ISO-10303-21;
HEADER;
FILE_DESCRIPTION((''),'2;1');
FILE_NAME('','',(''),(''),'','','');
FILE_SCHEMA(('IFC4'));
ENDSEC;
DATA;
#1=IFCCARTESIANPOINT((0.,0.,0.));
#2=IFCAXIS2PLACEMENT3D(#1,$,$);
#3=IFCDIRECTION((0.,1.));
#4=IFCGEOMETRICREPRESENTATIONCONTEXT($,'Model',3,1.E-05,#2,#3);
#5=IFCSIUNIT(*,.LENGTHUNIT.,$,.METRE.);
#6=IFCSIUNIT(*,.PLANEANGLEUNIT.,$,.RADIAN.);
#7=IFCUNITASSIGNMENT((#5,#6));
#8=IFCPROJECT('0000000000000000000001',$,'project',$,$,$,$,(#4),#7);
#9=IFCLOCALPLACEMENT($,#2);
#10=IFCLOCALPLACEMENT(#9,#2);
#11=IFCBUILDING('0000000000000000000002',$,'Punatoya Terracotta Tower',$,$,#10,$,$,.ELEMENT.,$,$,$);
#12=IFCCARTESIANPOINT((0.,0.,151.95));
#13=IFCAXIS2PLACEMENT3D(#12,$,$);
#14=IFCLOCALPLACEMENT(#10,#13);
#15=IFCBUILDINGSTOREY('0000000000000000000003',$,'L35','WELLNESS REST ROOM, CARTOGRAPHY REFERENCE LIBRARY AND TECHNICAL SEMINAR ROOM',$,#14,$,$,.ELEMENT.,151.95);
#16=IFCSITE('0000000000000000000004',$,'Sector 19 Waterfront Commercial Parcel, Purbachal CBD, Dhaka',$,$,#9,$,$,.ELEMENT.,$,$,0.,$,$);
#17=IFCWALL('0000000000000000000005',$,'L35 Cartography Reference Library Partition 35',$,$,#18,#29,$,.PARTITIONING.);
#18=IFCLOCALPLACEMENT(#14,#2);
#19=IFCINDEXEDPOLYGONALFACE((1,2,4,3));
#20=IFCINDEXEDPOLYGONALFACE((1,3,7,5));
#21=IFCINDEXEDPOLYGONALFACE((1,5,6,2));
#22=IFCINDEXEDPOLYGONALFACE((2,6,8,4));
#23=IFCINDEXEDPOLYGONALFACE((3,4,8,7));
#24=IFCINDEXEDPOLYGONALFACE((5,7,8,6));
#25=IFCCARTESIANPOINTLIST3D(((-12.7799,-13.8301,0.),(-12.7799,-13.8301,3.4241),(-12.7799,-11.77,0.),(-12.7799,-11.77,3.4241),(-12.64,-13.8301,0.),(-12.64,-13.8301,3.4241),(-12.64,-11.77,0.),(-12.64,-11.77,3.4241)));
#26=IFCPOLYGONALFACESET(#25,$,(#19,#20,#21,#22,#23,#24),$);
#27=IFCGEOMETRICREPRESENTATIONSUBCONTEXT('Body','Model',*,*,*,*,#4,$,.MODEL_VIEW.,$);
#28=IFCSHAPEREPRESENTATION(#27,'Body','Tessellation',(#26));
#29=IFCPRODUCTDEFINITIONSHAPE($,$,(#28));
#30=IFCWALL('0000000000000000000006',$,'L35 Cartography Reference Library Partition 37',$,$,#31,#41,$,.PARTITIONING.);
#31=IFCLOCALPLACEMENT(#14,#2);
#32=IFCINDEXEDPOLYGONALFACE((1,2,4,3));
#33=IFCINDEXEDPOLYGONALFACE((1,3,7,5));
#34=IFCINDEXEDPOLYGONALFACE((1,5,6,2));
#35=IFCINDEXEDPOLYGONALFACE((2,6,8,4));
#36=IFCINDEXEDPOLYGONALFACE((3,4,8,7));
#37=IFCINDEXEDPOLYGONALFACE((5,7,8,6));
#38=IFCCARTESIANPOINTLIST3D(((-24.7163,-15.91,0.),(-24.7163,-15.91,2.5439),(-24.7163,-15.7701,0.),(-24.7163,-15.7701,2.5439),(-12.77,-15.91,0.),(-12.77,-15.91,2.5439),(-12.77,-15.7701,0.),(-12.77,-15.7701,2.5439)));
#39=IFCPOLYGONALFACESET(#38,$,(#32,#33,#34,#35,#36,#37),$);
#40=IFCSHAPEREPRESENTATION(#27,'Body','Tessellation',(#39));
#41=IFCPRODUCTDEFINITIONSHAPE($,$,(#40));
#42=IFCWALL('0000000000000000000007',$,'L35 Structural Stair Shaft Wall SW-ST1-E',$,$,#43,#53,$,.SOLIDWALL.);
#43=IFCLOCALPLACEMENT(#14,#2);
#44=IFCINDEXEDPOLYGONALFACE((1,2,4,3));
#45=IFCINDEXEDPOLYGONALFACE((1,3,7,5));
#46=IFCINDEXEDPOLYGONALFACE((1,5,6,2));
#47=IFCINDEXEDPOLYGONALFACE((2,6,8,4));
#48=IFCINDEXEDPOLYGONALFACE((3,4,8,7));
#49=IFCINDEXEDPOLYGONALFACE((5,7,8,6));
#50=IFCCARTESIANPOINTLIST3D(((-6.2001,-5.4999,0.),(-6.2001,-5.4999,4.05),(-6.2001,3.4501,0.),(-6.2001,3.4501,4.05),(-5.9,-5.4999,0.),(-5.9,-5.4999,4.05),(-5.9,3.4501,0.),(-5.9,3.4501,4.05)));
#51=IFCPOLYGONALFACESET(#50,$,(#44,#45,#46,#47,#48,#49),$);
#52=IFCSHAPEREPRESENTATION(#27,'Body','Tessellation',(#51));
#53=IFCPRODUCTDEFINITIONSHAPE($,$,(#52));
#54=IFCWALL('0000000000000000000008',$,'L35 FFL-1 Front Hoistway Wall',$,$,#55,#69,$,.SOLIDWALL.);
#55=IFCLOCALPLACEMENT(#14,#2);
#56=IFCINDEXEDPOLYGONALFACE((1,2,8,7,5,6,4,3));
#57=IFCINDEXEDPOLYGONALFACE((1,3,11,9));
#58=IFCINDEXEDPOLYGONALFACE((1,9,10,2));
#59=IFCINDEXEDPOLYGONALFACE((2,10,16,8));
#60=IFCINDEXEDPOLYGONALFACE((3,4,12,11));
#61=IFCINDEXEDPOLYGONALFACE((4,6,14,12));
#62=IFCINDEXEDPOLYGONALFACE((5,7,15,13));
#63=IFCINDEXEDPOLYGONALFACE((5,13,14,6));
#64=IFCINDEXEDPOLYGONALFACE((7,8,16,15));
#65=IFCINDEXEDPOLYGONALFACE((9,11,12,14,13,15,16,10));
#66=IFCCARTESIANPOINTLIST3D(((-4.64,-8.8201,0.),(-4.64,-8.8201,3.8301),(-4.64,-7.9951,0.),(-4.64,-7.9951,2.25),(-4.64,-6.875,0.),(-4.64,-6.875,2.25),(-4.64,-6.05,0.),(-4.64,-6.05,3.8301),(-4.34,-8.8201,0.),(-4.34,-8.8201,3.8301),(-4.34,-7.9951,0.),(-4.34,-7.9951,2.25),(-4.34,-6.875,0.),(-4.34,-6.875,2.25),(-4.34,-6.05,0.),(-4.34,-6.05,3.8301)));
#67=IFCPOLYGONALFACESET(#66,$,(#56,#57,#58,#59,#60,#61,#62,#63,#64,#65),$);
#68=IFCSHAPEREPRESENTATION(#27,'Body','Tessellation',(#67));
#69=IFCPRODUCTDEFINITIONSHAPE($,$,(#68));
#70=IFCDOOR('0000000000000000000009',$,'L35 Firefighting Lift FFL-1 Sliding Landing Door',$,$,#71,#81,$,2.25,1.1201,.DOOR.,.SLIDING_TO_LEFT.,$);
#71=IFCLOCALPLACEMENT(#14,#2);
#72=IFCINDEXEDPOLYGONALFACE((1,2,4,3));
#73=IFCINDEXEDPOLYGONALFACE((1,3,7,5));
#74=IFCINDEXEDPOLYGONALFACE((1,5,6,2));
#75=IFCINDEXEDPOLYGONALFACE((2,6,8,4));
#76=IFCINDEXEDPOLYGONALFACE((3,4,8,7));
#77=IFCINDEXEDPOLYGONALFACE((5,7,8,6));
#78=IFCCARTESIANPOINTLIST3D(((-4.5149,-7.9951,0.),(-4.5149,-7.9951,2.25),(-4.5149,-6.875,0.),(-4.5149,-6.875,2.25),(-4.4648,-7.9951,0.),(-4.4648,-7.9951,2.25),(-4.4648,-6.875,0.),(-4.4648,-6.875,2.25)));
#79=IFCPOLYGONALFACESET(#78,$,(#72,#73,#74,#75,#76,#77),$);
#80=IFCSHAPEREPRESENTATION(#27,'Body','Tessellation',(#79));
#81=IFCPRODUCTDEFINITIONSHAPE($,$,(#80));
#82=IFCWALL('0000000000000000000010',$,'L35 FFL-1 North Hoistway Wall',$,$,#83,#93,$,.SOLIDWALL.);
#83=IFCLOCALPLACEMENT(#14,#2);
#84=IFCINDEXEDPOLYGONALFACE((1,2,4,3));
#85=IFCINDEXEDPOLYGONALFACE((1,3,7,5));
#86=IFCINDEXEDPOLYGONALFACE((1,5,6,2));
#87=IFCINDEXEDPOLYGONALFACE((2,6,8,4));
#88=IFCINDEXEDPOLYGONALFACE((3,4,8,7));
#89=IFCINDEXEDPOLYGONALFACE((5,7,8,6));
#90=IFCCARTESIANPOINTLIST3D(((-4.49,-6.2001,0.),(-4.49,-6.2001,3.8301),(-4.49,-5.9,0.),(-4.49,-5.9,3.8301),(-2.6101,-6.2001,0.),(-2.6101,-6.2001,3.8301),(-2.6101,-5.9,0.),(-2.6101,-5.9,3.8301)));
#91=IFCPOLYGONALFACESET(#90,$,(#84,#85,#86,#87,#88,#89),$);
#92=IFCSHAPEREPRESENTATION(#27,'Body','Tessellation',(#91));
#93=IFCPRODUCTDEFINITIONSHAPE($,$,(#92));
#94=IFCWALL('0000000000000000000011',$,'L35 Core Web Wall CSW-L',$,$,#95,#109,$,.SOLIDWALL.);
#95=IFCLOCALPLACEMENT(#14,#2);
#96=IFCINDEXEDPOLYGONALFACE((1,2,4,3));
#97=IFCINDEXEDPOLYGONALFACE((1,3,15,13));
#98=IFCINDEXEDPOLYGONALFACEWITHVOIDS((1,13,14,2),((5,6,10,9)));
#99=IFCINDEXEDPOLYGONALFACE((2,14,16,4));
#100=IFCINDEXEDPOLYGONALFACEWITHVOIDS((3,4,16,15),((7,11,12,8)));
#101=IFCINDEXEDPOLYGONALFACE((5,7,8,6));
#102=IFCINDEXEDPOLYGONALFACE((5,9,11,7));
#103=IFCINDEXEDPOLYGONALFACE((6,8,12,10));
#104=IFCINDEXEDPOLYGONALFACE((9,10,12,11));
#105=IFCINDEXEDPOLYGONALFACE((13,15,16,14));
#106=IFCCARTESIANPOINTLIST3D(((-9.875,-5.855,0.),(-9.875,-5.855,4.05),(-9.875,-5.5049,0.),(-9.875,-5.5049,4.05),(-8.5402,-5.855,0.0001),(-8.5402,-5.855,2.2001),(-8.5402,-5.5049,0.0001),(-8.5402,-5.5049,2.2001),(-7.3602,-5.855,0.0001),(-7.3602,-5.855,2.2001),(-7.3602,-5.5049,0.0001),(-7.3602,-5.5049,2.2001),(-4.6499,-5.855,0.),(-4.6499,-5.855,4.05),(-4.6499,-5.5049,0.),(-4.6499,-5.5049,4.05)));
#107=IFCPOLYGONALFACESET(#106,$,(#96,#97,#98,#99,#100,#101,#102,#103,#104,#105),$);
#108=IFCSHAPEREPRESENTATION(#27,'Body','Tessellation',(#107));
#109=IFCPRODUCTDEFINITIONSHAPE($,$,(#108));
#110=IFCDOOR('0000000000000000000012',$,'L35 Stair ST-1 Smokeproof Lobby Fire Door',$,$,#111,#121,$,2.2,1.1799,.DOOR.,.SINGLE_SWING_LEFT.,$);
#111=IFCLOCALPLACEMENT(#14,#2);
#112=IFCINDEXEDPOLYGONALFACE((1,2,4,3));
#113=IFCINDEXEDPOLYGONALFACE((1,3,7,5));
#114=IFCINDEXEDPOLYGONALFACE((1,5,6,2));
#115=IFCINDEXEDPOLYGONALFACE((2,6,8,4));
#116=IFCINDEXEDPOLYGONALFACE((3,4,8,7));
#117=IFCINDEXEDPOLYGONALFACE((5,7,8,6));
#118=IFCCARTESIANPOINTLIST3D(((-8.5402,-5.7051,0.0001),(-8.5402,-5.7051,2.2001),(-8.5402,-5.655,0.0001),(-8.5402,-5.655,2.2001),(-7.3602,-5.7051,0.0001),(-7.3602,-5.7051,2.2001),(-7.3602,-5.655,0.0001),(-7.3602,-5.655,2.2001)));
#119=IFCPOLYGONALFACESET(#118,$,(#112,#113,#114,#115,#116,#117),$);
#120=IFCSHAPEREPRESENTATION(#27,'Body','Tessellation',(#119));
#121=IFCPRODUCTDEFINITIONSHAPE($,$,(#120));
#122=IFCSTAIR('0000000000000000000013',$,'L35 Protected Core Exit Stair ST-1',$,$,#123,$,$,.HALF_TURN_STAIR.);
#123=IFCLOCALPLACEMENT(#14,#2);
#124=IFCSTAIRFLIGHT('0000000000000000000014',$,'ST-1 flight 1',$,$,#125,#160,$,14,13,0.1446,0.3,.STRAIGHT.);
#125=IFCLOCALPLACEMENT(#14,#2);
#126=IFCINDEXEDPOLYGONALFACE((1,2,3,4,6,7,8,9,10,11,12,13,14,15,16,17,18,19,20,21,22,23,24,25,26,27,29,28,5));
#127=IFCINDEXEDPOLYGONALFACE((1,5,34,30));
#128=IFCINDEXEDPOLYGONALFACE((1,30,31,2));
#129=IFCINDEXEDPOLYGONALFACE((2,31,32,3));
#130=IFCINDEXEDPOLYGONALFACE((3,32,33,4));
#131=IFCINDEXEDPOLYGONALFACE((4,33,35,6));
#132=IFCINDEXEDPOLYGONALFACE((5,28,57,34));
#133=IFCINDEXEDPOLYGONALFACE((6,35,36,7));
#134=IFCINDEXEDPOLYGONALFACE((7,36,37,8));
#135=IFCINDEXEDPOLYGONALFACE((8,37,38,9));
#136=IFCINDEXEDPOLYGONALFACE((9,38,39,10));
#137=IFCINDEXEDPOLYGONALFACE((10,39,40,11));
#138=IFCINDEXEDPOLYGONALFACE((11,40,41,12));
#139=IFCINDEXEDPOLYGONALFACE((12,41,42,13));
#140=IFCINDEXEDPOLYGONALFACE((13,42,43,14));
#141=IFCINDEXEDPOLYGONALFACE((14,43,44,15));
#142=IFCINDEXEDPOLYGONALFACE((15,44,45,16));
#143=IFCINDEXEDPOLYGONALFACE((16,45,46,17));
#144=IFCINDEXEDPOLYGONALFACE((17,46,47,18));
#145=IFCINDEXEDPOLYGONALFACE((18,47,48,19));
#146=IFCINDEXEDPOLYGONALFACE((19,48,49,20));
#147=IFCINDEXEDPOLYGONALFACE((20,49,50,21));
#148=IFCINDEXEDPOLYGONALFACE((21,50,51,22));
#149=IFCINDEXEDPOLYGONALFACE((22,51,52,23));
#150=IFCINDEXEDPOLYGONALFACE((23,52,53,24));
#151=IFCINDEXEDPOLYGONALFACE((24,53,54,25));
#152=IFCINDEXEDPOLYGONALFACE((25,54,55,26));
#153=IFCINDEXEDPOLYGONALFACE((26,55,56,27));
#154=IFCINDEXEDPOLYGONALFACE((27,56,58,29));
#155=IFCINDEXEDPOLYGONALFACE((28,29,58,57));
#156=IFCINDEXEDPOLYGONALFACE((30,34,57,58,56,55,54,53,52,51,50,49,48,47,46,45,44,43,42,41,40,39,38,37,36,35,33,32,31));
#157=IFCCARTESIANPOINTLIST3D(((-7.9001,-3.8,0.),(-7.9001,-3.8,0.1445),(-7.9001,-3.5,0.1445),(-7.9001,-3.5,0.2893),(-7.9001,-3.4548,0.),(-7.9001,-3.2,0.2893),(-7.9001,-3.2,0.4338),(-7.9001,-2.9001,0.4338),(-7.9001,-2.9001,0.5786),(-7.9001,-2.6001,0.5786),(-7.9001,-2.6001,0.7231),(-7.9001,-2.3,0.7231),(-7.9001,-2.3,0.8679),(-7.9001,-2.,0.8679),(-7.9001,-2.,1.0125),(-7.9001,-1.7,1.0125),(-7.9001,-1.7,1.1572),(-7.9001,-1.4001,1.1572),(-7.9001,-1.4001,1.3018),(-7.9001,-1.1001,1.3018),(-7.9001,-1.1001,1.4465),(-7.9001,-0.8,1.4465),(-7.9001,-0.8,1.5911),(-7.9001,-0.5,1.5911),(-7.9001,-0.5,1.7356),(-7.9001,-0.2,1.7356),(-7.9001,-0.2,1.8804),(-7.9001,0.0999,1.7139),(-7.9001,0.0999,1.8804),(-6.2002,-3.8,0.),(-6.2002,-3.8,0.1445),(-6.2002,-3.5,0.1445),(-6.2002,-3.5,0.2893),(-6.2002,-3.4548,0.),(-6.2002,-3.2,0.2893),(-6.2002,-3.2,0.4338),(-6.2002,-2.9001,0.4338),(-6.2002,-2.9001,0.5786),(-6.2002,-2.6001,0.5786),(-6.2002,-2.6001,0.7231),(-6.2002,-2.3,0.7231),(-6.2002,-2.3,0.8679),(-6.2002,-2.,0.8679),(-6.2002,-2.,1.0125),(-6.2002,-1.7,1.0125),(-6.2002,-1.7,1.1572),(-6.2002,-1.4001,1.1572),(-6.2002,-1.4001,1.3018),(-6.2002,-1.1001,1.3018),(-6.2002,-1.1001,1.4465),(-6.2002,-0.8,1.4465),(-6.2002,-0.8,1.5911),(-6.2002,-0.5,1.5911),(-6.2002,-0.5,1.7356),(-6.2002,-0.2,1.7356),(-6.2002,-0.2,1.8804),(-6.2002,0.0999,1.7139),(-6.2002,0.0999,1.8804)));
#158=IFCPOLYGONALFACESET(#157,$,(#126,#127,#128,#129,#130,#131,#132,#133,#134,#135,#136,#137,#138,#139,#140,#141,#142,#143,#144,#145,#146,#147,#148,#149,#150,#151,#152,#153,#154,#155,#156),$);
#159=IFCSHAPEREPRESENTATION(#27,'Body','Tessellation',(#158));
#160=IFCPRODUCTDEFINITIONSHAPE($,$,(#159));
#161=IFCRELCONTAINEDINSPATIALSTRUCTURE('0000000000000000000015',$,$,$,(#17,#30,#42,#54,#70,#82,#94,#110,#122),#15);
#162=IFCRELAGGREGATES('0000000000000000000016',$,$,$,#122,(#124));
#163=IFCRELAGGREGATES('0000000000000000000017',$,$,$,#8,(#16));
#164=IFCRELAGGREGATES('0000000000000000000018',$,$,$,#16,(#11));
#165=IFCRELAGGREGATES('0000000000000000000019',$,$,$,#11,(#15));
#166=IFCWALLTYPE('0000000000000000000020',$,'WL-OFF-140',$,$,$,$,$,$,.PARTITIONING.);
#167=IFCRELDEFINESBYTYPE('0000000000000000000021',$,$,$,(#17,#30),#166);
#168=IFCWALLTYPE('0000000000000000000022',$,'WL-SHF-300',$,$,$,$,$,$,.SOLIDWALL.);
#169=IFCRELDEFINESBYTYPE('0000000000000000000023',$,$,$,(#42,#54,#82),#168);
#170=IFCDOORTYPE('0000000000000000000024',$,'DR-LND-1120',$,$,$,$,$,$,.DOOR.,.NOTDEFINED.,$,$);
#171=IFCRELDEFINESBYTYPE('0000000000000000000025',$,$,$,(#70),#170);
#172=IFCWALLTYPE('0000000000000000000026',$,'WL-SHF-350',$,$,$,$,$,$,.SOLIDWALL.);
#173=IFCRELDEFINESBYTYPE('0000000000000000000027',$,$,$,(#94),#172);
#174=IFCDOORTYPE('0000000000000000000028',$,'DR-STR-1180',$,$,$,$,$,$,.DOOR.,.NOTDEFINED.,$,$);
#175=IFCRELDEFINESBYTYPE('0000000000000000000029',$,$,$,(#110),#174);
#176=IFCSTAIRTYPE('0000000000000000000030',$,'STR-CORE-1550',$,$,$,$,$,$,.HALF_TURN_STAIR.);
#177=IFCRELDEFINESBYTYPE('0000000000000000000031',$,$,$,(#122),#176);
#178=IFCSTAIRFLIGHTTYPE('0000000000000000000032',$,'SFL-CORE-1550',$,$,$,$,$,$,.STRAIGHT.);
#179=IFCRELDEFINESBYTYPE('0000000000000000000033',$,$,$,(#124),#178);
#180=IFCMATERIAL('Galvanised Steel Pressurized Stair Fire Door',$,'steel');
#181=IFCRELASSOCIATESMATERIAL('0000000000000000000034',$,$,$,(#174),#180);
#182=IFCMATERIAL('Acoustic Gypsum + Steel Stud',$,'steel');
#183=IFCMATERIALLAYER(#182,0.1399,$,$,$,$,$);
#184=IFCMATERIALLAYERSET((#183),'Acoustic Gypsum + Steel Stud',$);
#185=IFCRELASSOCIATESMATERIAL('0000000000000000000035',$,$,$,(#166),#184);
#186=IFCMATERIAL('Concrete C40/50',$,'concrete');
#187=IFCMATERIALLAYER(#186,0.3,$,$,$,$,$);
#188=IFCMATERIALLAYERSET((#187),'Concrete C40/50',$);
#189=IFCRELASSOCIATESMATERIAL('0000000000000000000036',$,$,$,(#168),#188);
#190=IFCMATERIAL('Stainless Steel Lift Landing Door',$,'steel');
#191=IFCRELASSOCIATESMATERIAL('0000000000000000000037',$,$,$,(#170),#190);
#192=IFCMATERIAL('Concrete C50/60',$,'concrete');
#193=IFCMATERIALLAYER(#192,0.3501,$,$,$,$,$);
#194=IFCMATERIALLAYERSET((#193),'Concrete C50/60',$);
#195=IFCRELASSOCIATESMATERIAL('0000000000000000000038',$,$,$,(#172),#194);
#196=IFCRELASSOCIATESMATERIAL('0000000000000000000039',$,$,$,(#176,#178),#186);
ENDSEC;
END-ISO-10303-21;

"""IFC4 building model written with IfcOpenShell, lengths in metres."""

from ifc_helpers import new_model, si_unit, direction, frame, frame_2d, origin, place, context, subcontext, project, spatial, polyline, rectangle, outline, extrude, material, layer, layer_set, type_object, element, fill, aggregate, save


model = new_model("IFC4")

# Units and contexts
model_context = context("Model", 3, precision=1e-05, world=origin(), true_north=direction((0.0, 1.0)))
body_context = subcontext(model_context, "Body", "Model", "MODEL_VIEW")
ifc_project = project(units=[si_unit("LENGTHUNIT", "METRE"), si_unit("PLANEANGLEUNIT", "RADIAN")], contexts=[model_context])

# Site, building, storey
site_placement = place(None, origin())
site = spatial("IfcSite", under=ifc_project, at=site_placement, Name="Sector 19 Waterfront Commercial Parcel, Purbachal CBD, Dhaka", CompositionType="ELEMENT", RefElevation=0.0)
building_placement = place(site_placement, origin())
building = spatial("IfcBuilding", under=site, at=building_placement, Name="Punatoya Terracotta Tower", CompositionType="ELEMENT")
storey_placement = place(building_placement, frame((0.0, 0.0, 151.95)))
storey = spatial("IfcBuildingStorey", under=building, at=storey_placement, Name="L35", Description="WELLNESS REST ROOM, CARTOGRAPHY REFERENCE LIBRARY AND TECHNICAL SEMINAR ROOM", CompositionType="ELEMENT", Elevation=151.95)

# Shared definitions
ifc_material_1 = material(Name="Galvanised Steel Pressurized Stair Fire Door", Category="steel")
door_type_1 = type_object("IfcDoorType", Name="DR-STR-1180", OperationType="NOTDEFINED", PredefinedType="DOOR", material=ifc_material_1)

# Walls
ifc_material_2 = material(Name="Concrete C40/50", Category="concrete")
ifc_material_3 = material(Name="Acoustic Gypsum + Steel Stud", Category="steel")
ifc_layer_1 = layer(ifc_material_3, 0.1399)
ifc_layer_set_1 = layer_set([ifc_layer_1], Name="Acoustic Gypsum + Steel Stud")
wall_type_1 = type_object("IfcWallType", Name="WL-OFF-140", PredefinedType="PARTITIONING", material=ifc_layer_set_1)
wall_1_placement = place(storey_placement, frame((-12.71, -11.77, 0.0), z_axis=(0.0, 0.0, 1.0), x_axis=(0.0, -1.0, 0.0)))
element("IfcWall", 1, at=wall_1_placement, inside=storey, type_object=wall_type_1, Name="L35 Cartography Reference Library Partition 35", PredefinedType="PARTITIONING", context=body_context, shape_type="SweptSolid", body=[
    extrude(rectangle(XDim=2.0601, YDim=0.1399, at=frame_2d((1.03, 0.0))), origin(), (0.0, 0.0, 1.0), 3.4241),
])
wall_2_placement = place(storey_placement, frame((-12.77, -15.8401, 0.0), z_axis=(0.0, 0.0, 1.0), x_axis=(-1.0, 0.0, 0.0)))
element("IfcWall", 2, at=wall_2_placement, inside=storey, type_object=wall_type_1, Name="L35 Cartography Reference Library Partition 37", PredefinedType="PARTITIONING", context=body_context, shape_type="SweptSolid", body=[
    extrude(rectangle(XDim=11.9463, YDim=0.1399, at=frame_2d((5.9731, 0.0))), origin(), (0.0, 0.0, 1.0), 2.5439),
])
ifc_layer_2 = layer(ifc_material_2, 0.3)
ifc_layer_set_2 = layer_set([ifc_layer_2], Name="Concrete C40/50")
wall_type_2 = type_object("IfcWallType", Name="WL-SHF-300", PredefinedType="SOLIDWALL", material=ifc_layer_set_2)
wall_3_placement = place(storey_placement, frame((-6.05, -5.5, 0.0), z_axis=(0.0, 0.0, 1.0), x_axis=(0.0, 1.0, 0.0)))
element("IfcWall", 3, at=wall_3_placement, inside=storey, type_object=wall_type_2, Name="L35 Structural Stair Shaft Wall SW-ST1-E", PredefinedType="SOLIDWALL", context=body_context, shape_type="SweptSolid", body=[
    extrude(rectangle(XDim=8.95, YDim=0.3, at=frame_2d((4.4751, 0.0))), origin(), (0.0, 0.0, 1.0), 4.05),
])

# Wall, opening, door
wall_4_placement = place(storey_placement, frame((-4.49, -8.8201, 0.0), z_axis=(0.0, 0.0, 1.0), x_axis=(0.0, 1.0, 0.0)))
wall_4 = element("IfcWall", 4, at=wall_4_placement, inside=storey, type_object=wall_type_2, Name="L35 FFL-1 Front Hoistway Wall", PredefinedType="SOLIDWALL", context=body_context, shape_type="SweptSolid", body=[
    extrude(rectangle(XDim=2.77, YDim=0.3, at=frame_2d((1.385, 0.0))), origin(), (0.0, 0.0, 1.0), 3.8301),
])
opening_1_placement = place(wall_4_placement, frame((0.825, 0.0, 0.0)))
opening_1 = element("IfcOpeningElement", 5, at=opening_1_placement, cuts=wall_4, PredefinedType="OPENING", context=body_context, shape_type="SweptSolid", body=[
    extrude(rectangle(XDim=1.1201, YDim=2.25, at=frame_2d((0.5601, 1.125))), frame((0.0, 0.1599, 0.0), z_axis=(0.0, -1.0, 0.0), x_axis=(1.0, 0.0, 0.0)), (0.0, 0.0, 1.0), 0.3201),
])
ifc_material_4 = material(Name="Stainless Steel Lift Landing Door", Category="steel")
door_type_2 = type_object("IfcDoorType", Name="DR-LND-1120", OperationType="NOTDEFINED", PredefinedType="DOOR", material=ifc_material_4)
door_1_placement = place(opening_1_placement, origin())
door_1 = element("IfcDoor", 6, at=door_1_placement, inside=storey, type_object=door_type_2, Name="L35 Firefighting Lift FFL-1 Sliding Landing Door", OperationType="SLIDING_TO_LEFT", OverallHeight=2.25, OverallWidth=1.1201, PredefinedType="DOOR", context=body_context, shape_type="SweptSolid", body=[
    extrude(rectangle(XDim=1.1201, YDim=2.25, at=frame_2d((0.5601, 1.125))), frame((0.0, 0.0249, 0.0), z_axis=(0.0, -1.0, 0.0), x_axis=(1.0, 0.0, 0.0)), (0.0, 0.0, 1.0), 0.05),
])
fill(opening_1, door_1)

# Wall
wall_5_placement = place(storey_placement, frame((-4.49, -6.05, 0.0), z_axis=(0.0, 0.0, 1.0), x_axis=(1.0, 0.0, 0.0)))
element("IfcWall", 7, at=wall_5_placement, inside=storey, type_object=wall_type_2, Name="L35 FFL-1 North Hoistway Wall", PredefinedType="SOLIDWALL", context=body_context, shape_type="SweptSolid", body=[
    extrude(rectangle(XDim=1.8799, YDim=0.3, at=frame_2d((0.9399, 0.0))), origin(), (0.0, 0.0, 1.0), 3.8301),
])

# Wall, opening, door
ifc_material_5 = material(Name="Concrete C50/60", Category="concrete")
ifc_layer_3 = layer(ifc_material_5, 0.3501)
ifc_layer_set_3 = layer_set([ifc_layer_3], Name="Concrete C50/60")
wall_type_3 = type_object("IfcWallType", Name="WL-SHF-350", PredefinedType="SOLIDWALL", material=ifc_layer_set_3)
wall_6_placement = place(storey_placement, frame((-9.875, -5.6799, 0.0), z_axis=(0.0, 0.0, 1.0), x_axis=(1.0, 0.0, 0.0)))
wall_6 = element("IfcWall", 8, at=wall_6_placement, inside=storey, type_object=wall_type_3, Name="L35 Core Web Wall CSW-L", PredefinedType="SOLIDWALL", context=body_context, shape_type="SweptSolid", body=[
    extrude(rectangle(XDim=5.2251, YDim=0.3501, at=frame_2d((2.6125, 0.0))), origin(), (0.0, 0.0, 1.0), 4.05),
])
opening_2_placement = place(wall_6_placement, frame((1.335, 0.0, 0.0)))
opening_2 = element("IfcOpeningElement", 9, at=opening_2_placement, cuts=wall_6, PredefinedType="OPENING", context=body_context, shape_type="SweptSolid", body=[
    extrude(rectangle(XDim=1.1799, YDim=2.2, at=frame_2d((0.5898, 1.1001))), frame((0.0, 0.1851, 0.0), z_axis=(0.0, -1.0, 0.0), x_axis=(1.0, 0.0, 0.0)), (0.0, 0.0, 1.0), 0.3701),
])
door_2_placement = place(opening_2_placement, origin())
door_2 = element("IfcDoor", 10, at=door_2_placement, inside=storey, type_object=door_type_1, Name="L35 Stair ST-1 Smokeproof Lobby Fire Door", OperationType="SINGLE_SWING_LEFT", OverallHeight=2.2, OverallWidth=1.1799, PredefinedType="DOOR", context=body_context, shape_type="SweptSolid", body=[
    extrude(rectangle(XDim=1.1799, YDim=2.2, at=frame_2d((0.5898, 1.1001))), frame((0.0, 0.0249, 0.0), z_axis=(0.0, -1.0, 0.0), x_axis=(1.0, 0.0, 0.0)), (0.0, 0.0, 1.0), 0.05),
])
fill(opening_2, door_2)

# Stair, stair flight
stair_type = type_object("IfcStairType", Name="STR-CORE-1550", PredefinedType="HALF_TURN_STAIR", material=ifc_material_2)
stair_placement = place(storey_placement, origin())
stair = element("IfcStair", 11, at=stair_placement, inside=storey, type_object=stair_type, Name="L35 Protected Core Exit Stair ST-1", PredefinedType="HALF_TURN_STAIR")
stair_flight_type = type_object("IfcStairFlightType", Name="SFL-CORE-1550", PredefinedType="STRAIGHT", material=ifc_material_2)
stair_flight_placement = place(storey_placement, frame((-7.05, -3.8, 0.0), z_axis=(0.0, 0.0, 1.0), x_axis=(0.0, 1.0, 0.0)))
stair_flight = element("IfcStairFlight", 12, at=stair_flight_placement, type_object=stair_flight_type, Name="ST-1 flight 1", NumberOfRisers=14, NumberOfTreads=13, PredefinedType="STRAIGHT", RiserHeight=0.1446, TreadLength=0.3, context=body_context, shape_type="SweptSolid", body=[
    extrude(outline(polyline([(0.0, 0.0), (0.0, 0.1445), (0.3, 0.1445), (0.3, 0.2893), (0.6001, 0.2893), (0.6001, 0.4338), (0.8999, 0.4338), (0.8999, 0.5786), (1.2, 0.5786), (1.2, 0.7231), (1.5, 0.7231), (1.5, 0.8679), (1.8, 0.8679), (1.8, 1.0125), (2.1001, 1.0125), (2.1001, 1.1572), (2.3999, 1.1572), (2.3999, 1.3018), (2.7, 1.3018), (2.7, 1.4465), (3.0, 1.4465), (3.0, 1.5911), (3.3, 1.5911), (3.3, 1.7356), (3.6001, 1.7356), (3.6001, 1.8804), (3.8999, 1.8804), (3.8999, 2.0249), (3.8999, 1.7139), (0.3452, 0.0), (0.0, 0.0)])), frame((0.0, 0.8501, 0.0), z_axis=(0.0, -1.0, 0.0), x_axis=(1.0, 0.0, 0.0)), (0.0, 0.0, 1.0), 1.7),
])
aggregate(stair, [stair_flight])

save(model, "model.ifc")
